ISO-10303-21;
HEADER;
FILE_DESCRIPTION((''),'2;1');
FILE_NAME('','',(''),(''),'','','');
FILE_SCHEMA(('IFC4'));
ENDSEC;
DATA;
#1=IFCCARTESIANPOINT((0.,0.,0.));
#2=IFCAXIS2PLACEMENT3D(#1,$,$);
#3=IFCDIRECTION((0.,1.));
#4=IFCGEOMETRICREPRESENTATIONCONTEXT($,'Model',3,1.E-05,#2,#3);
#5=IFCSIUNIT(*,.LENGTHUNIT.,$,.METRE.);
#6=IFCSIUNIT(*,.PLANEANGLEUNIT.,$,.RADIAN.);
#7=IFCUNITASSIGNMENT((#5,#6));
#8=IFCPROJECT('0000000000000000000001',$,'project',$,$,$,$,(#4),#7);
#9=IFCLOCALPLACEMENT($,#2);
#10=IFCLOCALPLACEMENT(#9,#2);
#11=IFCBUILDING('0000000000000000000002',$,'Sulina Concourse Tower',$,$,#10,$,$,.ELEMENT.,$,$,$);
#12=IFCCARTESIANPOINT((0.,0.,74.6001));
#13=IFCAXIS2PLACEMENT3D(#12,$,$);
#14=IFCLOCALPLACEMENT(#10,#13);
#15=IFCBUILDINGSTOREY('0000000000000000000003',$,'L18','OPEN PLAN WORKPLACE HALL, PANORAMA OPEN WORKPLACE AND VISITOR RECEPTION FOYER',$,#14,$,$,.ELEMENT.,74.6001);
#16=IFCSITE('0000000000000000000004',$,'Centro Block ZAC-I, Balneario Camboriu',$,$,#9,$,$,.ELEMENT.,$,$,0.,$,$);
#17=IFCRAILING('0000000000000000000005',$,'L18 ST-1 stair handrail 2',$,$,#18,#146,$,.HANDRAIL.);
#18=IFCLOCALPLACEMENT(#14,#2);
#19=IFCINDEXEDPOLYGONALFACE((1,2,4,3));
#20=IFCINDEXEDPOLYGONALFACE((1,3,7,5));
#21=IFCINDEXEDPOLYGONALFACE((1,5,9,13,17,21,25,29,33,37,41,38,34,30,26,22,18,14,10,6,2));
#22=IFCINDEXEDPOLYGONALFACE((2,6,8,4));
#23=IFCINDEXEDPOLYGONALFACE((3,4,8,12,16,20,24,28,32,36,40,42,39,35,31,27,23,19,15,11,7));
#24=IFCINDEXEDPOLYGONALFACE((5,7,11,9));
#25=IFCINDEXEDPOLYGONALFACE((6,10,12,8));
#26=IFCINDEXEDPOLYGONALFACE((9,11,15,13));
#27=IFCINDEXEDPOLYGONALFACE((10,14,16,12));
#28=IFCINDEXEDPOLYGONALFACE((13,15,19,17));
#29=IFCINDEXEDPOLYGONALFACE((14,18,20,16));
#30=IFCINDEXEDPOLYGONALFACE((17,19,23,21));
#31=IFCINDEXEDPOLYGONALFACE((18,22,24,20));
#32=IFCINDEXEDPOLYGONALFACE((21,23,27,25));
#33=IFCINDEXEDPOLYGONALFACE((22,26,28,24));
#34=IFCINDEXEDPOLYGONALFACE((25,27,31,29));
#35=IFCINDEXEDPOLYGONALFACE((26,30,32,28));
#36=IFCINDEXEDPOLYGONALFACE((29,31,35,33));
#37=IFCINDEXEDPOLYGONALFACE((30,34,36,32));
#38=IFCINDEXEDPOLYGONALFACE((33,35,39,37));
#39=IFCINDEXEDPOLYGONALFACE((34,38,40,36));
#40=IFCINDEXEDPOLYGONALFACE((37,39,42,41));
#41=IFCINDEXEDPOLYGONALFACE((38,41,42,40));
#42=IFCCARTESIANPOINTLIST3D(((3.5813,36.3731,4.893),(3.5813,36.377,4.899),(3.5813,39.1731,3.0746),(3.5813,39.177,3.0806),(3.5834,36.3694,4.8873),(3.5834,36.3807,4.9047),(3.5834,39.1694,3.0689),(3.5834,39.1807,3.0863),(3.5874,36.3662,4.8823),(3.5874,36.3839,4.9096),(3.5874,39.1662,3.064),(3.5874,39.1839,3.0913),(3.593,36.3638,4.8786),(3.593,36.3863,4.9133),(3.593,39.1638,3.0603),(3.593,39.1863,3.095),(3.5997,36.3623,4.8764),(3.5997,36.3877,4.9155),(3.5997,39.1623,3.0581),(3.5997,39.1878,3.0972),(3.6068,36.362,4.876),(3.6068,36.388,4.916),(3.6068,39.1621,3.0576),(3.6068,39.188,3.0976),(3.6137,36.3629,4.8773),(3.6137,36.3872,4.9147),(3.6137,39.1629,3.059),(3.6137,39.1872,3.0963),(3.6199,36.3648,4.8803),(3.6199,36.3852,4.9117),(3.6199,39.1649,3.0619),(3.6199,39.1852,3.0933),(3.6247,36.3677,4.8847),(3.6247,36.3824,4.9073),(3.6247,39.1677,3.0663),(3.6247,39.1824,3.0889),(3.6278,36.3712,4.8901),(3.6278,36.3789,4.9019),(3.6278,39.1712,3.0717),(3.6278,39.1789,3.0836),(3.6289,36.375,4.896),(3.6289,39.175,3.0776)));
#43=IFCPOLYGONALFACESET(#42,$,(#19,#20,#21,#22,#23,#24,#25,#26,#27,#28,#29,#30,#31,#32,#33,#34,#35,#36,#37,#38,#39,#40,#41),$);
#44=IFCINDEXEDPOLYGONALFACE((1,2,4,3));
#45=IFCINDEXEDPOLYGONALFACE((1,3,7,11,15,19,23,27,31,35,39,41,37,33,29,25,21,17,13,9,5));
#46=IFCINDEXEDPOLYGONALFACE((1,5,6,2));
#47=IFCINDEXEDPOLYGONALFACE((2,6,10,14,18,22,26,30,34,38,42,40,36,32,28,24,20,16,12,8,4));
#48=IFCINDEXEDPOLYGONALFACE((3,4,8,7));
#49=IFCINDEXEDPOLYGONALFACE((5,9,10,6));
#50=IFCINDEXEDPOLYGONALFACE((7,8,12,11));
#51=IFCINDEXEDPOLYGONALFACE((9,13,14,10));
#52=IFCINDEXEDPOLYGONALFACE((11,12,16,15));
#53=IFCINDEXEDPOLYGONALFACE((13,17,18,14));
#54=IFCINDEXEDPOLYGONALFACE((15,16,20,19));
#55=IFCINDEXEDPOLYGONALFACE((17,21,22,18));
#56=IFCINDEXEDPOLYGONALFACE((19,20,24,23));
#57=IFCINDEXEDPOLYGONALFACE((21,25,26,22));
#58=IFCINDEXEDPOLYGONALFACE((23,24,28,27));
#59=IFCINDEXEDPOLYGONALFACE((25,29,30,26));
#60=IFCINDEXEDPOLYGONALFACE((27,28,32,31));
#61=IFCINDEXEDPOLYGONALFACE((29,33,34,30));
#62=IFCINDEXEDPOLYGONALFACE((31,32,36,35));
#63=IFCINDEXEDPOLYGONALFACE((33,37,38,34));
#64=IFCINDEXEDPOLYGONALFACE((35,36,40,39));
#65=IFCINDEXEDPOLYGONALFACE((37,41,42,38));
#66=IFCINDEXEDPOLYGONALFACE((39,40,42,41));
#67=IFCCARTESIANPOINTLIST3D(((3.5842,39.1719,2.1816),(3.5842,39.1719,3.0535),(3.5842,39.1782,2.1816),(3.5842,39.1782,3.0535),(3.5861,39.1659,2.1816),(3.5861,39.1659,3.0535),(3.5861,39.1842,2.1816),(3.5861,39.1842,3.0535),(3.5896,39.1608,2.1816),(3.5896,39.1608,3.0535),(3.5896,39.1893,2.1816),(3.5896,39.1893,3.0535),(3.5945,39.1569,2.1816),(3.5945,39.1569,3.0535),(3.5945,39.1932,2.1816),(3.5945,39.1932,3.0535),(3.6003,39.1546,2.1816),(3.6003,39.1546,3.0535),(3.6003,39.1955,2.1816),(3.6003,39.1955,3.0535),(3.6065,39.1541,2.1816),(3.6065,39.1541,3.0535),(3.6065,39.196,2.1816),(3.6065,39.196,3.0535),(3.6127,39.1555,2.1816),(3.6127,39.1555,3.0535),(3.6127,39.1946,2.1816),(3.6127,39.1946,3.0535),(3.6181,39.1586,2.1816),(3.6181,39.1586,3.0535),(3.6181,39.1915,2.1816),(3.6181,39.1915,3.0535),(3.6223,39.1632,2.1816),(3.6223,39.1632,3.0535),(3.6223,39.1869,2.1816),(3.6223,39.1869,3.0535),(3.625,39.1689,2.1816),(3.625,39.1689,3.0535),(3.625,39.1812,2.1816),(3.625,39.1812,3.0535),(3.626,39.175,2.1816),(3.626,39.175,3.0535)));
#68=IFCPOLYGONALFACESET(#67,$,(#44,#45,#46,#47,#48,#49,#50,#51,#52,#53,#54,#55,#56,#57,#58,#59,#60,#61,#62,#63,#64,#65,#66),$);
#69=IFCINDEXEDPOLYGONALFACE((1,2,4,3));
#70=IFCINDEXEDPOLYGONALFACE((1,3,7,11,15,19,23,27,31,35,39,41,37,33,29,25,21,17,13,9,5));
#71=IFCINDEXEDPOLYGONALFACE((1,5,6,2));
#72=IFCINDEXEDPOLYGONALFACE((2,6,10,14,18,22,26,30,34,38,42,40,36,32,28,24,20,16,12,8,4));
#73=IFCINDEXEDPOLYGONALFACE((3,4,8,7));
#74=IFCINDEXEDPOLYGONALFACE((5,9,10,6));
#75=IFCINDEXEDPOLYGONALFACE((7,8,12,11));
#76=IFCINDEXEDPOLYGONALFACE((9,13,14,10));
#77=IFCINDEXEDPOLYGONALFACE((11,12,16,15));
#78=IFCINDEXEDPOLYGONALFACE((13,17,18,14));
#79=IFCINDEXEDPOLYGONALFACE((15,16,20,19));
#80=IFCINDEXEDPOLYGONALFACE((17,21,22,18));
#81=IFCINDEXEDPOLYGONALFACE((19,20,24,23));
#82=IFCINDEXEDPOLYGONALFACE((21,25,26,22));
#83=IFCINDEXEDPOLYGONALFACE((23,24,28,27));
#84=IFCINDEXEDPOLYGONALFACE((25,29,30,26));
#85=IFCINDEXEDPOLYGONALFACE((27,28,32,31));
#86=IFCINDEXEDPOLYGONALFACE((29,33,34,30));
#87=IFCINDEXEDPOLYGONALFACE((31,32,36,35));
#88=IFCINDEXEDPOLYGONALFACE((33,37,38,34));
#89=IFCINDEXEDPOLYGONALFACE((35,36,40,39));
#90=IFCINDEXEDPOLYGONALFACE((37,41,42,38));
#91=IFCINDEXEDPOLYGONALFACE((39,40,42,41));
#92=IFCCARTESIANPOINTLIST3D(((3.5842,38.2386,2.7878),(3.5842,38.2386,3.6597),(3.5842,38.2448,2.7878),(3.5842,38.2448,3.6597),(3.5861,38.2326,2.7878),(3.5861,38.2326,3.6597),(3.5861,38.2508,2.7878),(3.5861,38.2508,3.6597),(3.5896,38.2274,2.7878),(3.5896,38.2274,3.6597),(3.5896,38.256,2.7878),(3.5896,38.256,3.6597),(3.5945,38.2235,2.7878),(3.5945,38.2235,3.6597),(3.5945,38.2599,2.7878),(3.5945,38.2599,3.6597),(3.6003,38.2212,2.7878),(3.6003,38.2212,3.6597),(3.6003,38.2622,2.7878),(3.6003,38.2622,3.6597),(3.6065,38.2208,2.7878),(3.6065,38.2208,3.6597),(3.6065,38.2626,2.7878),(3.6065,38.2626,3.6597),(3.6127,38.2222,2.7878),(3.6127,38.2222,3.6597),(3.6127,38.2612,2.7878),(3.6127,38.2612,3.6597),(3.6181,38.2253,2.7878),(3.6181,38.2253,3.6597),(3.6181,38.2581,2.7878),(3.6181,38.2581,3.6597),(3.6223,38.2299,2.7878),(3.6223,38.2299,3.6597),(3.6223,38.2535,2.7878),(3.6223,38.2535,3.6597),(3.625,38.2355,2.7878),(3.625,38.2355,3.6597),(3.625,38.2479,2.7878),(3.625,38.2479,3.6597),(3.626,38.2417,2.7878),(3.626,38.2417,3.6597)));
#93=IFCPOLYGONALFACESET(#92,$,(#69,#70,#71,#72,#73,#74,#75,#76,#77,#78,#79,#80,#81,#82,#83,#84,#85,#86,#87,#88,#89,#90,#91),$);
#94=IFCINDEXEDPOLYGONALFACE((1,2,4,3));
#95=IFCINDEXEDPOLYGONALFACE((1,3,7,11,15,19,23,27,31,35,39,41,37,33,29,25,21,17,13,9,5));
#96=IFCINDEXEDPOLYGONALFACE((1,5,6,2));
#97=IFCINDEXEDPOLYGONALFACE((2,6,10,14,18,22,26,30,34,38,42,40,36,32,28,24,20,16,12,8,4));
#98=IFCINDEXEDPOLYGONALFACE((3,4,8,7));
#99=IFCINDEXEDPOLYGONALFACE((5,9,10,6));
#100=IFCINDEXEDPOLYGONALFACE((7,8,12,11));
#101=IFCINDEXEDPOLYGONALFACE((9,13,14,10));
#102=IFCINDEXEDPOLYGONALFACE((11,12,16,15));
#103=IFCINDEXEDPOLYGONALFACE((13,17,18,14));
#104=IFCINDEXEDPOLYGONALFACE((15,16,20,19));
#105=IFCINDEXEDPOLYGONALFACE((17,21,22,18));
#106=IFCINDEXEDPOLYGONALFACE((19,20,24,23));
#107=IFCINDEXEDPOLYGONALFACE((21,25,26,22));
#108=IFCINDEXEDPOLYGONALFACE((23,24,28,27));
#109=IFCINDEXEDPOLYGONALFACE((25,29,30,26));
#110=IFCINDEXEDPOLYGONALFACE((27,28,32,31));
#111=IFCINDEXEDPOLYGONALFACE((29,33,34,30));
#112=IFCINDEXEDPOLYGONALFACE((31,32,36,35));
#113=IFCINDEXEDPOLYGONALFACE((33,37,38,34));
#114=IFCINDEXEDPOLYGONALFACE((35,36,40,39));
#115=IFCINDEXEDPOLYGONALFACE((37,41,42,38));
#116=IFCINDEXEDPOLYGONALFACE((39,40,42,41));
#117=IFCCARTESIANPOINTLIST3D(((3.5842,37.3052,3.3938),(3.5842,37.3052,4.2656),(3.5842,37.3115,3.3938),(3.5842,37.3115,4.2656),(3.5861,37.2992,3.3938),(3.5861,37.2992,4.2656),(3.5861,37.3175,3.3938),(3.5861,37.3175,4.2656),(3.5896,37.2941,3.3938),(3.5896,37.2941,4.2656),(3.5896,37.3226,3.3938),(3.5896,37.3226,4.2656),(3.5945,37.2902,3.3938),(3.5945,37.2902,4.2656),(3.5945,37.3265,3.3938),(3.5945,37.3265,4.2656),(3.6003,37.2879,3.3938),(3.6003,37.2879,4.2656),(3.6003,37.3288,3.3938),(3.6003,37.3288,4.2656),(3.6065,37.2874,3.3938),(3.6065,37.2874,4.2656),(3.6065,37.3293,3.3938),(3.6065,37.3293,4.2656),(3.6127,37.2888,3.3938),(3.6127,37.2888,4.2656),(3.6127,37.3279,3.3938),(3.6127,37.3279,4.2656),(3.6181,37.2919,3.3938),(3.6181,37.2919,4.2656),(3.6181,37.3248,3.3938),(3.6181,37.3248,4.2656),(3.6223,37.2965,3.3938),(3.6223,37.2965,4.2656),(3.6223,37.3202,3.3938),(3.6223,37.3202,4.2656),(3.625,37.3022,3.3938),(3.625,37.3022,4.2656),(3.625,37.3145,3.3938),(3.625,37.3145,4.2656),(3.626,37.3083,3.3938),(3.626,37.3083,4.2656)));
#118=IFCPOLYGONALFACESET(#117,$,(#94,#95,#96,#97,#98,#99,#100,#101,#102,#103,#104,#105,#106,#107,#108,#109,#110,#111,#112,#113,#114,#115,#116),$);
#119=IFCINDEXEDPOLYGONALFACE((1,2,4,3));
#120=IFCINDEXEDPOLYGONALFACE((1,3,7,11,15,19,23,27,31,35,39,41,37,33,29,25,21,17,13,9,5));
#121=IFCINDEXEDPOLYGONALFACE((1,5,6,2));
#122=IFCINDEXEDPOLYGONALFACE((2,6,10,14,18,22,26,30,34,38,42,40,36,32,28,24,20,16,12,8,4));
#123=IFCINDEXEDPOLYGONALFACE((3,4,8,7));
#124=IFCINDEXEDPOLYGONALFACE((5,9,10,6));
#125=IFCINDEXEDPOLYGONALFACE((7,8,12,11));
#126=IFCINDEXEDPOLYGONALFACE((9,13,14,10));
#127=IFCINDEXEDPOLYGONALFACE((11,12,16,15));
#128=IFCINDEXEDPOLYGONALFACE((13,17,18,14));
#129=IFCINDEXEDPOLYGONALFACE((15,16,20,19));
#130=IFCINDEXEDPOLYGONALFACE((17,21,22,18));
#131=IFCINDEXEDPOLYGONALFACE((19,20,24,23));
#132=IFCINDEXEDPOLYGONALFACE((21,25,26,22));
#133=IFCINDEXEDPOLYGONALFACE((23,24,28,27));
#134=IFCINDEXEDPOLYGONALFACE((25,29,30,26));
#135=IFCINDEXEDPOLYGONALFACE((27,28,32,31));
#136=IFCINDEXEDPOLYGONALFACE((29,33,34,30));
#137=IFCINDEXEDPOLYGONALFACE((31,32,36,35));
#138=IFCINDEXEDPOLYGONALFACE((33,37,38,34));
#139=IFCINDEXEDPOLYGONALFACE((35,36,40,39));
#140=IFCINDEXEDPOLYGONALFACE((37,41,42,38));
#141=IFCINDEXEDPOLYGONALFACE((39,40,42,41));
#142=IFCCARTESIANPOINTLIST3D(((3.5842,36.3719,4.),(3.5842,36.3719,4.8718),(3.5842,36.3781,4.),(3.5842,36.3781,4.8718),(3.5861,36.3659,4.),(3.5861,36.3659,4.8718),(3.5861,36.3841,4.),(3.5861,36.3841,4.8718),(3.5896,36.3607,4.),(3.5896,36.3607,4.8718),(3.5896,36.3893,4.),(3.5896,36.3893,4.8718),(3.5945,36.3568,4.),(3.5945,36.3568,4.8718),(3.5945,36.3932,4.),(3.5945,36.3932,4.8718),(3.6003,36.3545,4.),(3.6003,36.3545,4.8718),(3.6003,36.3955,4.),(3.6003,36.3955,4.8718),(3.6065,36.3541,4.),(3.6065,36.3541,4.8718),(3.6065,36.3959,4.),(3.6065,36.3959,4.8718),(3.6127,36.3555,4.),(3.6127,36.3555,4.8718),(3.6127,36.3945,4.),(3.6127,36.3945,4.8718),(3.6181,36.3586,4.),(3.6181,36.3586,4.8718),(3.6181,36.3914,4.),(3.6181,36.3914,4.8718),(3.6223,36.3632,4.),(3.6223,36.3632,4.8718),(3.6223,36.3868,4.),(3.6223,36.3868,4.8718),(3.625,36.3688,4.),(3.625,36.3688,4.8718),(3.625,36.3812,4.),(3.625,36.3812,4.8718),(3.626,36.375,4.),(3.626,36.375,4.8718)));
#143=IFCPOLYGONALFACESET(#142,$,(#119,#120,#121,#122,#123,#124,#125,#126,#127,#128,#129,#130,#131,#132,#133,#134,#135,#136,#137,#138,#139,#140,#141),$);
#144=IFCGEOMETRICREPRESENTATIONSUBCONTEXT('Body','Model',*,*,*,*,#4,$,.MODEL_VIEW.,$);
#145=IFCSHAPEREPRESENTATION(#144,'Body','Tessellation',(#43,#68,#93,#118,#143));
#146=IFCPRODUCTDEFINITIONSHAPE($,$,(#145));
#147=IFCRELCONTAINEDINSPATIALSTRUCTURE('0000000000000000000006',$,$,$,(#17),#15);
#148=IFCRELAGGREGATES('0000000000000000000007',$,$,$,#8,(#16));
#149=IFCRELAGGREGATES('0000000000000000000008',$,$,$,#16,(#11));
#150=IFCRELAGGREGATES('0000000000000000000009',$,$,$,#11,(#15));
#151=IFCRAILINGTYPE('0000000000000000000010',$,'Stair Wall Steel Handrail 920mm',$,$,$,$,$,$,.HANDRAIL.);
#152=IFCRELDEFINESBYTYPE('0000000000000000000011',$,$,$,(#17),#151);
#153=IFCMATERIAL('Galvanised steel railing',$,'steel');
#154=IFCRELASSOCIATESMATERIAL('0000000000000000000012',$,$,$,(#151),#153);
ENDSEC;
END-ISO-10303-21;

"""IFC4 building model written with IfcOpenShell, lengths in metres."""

from ifc_helpers import new_model, si_unit, direction, frame, origin, origin_2d, place, context, subcontext, project, spatial, circle, extrude, material, type_object, element, save


model = new_model("IFC4")

# Units and contexts
model_context = context("Model", 3, precision=1e-05, world=origin(), true_north=direction((0.0, 1.0)))
body_context = subcontext(model_context, "Body", "Model", "MODEL_VIEW")
ifc_project = project(units=[si_unit("LENGTHUNIT", "METRE"), si_unit("PLANEANGLEUNIT", "RADIAN")], contexts=[model_context])

# Site, building, storey
site_placement = place(None, origin())
site = spatial("IfcSite", under=ifc_project, at=site_placement, Name="Centro Block ZAC-I, Balneario Camboriu", CompositionType="ELEMENT", RefElevation=0.0)
building_placement = place(site_placement, origin())
building = spatial("IfcBuilding", under=site, at=building_placement, Name="Sulina Concourse Tower", CompositionType="ELEMENT")
storey_placement = place(building_placement, frame((0.0, 0.0, 74.6001)))
storey = spatial("IfcBuildingStorey", under=building, at=storey_placement, Name="L18", Description="OPEN PLAN WORKPLACE HALL, PANORAMA OPEN WORKPLACE AND VISITOR RECEPTION FOYER", CompositionType="ELEMENT", Elevation=74.6001)

# Railing
ifc_material_1 = material(Name="Galvanised steel railing", Category="steel")
railing_type_1 = type_object("IfcRailingType", Name="Stair Wall Steel Handrail 920mm", PredefinedType="HANDRAIL", material=ifc_material_1)
railing_1_placement = place(storey_placement, frame((3.605, 39.175, 2.1816)))
element("IfcRailing", 1, at=railing_1_placement, inside=storey, type_object=railing_type_1, Name="L18 ST-1 stair handrail 2", PredefinedType="HANDRAIL", context=body_context, shape_type="SweptSolid", body=[
    extrude(circle(Radius=0.0239, at=origin_2d()), frame((0.0, 0.0, 0.896), z_axis=(0.0, -0.838672, 0.544636), x_axis=(1.0, 0.0, 0.0)), (0.0, 0.0, 1.0), 3.3386),
    extrude(circle(Radius=0.021, at=origin_2d()), origin(), (0.0, 0.0, 1.0), 0.8718),
    extrude(circle(Radius=0.021, at=origin_2d()), frame((0.0, -0.9333, 0.6062)), (0.0, 0.0, 1.0), 0.8718),
    extrude(circle(Radius=0.021, at=origin_2d()), frame((0.0, -1.8667, 1.2122)), (0.0, 0.0, 1.0), 0.8718),
    extrude(circle(Radius=0.021, at=origin_2d()), frame((0.0, -2.8, 1.8184)), (0.0, 0.0, 1.0), 0.8718),
])

save(model, "model.ifc")
